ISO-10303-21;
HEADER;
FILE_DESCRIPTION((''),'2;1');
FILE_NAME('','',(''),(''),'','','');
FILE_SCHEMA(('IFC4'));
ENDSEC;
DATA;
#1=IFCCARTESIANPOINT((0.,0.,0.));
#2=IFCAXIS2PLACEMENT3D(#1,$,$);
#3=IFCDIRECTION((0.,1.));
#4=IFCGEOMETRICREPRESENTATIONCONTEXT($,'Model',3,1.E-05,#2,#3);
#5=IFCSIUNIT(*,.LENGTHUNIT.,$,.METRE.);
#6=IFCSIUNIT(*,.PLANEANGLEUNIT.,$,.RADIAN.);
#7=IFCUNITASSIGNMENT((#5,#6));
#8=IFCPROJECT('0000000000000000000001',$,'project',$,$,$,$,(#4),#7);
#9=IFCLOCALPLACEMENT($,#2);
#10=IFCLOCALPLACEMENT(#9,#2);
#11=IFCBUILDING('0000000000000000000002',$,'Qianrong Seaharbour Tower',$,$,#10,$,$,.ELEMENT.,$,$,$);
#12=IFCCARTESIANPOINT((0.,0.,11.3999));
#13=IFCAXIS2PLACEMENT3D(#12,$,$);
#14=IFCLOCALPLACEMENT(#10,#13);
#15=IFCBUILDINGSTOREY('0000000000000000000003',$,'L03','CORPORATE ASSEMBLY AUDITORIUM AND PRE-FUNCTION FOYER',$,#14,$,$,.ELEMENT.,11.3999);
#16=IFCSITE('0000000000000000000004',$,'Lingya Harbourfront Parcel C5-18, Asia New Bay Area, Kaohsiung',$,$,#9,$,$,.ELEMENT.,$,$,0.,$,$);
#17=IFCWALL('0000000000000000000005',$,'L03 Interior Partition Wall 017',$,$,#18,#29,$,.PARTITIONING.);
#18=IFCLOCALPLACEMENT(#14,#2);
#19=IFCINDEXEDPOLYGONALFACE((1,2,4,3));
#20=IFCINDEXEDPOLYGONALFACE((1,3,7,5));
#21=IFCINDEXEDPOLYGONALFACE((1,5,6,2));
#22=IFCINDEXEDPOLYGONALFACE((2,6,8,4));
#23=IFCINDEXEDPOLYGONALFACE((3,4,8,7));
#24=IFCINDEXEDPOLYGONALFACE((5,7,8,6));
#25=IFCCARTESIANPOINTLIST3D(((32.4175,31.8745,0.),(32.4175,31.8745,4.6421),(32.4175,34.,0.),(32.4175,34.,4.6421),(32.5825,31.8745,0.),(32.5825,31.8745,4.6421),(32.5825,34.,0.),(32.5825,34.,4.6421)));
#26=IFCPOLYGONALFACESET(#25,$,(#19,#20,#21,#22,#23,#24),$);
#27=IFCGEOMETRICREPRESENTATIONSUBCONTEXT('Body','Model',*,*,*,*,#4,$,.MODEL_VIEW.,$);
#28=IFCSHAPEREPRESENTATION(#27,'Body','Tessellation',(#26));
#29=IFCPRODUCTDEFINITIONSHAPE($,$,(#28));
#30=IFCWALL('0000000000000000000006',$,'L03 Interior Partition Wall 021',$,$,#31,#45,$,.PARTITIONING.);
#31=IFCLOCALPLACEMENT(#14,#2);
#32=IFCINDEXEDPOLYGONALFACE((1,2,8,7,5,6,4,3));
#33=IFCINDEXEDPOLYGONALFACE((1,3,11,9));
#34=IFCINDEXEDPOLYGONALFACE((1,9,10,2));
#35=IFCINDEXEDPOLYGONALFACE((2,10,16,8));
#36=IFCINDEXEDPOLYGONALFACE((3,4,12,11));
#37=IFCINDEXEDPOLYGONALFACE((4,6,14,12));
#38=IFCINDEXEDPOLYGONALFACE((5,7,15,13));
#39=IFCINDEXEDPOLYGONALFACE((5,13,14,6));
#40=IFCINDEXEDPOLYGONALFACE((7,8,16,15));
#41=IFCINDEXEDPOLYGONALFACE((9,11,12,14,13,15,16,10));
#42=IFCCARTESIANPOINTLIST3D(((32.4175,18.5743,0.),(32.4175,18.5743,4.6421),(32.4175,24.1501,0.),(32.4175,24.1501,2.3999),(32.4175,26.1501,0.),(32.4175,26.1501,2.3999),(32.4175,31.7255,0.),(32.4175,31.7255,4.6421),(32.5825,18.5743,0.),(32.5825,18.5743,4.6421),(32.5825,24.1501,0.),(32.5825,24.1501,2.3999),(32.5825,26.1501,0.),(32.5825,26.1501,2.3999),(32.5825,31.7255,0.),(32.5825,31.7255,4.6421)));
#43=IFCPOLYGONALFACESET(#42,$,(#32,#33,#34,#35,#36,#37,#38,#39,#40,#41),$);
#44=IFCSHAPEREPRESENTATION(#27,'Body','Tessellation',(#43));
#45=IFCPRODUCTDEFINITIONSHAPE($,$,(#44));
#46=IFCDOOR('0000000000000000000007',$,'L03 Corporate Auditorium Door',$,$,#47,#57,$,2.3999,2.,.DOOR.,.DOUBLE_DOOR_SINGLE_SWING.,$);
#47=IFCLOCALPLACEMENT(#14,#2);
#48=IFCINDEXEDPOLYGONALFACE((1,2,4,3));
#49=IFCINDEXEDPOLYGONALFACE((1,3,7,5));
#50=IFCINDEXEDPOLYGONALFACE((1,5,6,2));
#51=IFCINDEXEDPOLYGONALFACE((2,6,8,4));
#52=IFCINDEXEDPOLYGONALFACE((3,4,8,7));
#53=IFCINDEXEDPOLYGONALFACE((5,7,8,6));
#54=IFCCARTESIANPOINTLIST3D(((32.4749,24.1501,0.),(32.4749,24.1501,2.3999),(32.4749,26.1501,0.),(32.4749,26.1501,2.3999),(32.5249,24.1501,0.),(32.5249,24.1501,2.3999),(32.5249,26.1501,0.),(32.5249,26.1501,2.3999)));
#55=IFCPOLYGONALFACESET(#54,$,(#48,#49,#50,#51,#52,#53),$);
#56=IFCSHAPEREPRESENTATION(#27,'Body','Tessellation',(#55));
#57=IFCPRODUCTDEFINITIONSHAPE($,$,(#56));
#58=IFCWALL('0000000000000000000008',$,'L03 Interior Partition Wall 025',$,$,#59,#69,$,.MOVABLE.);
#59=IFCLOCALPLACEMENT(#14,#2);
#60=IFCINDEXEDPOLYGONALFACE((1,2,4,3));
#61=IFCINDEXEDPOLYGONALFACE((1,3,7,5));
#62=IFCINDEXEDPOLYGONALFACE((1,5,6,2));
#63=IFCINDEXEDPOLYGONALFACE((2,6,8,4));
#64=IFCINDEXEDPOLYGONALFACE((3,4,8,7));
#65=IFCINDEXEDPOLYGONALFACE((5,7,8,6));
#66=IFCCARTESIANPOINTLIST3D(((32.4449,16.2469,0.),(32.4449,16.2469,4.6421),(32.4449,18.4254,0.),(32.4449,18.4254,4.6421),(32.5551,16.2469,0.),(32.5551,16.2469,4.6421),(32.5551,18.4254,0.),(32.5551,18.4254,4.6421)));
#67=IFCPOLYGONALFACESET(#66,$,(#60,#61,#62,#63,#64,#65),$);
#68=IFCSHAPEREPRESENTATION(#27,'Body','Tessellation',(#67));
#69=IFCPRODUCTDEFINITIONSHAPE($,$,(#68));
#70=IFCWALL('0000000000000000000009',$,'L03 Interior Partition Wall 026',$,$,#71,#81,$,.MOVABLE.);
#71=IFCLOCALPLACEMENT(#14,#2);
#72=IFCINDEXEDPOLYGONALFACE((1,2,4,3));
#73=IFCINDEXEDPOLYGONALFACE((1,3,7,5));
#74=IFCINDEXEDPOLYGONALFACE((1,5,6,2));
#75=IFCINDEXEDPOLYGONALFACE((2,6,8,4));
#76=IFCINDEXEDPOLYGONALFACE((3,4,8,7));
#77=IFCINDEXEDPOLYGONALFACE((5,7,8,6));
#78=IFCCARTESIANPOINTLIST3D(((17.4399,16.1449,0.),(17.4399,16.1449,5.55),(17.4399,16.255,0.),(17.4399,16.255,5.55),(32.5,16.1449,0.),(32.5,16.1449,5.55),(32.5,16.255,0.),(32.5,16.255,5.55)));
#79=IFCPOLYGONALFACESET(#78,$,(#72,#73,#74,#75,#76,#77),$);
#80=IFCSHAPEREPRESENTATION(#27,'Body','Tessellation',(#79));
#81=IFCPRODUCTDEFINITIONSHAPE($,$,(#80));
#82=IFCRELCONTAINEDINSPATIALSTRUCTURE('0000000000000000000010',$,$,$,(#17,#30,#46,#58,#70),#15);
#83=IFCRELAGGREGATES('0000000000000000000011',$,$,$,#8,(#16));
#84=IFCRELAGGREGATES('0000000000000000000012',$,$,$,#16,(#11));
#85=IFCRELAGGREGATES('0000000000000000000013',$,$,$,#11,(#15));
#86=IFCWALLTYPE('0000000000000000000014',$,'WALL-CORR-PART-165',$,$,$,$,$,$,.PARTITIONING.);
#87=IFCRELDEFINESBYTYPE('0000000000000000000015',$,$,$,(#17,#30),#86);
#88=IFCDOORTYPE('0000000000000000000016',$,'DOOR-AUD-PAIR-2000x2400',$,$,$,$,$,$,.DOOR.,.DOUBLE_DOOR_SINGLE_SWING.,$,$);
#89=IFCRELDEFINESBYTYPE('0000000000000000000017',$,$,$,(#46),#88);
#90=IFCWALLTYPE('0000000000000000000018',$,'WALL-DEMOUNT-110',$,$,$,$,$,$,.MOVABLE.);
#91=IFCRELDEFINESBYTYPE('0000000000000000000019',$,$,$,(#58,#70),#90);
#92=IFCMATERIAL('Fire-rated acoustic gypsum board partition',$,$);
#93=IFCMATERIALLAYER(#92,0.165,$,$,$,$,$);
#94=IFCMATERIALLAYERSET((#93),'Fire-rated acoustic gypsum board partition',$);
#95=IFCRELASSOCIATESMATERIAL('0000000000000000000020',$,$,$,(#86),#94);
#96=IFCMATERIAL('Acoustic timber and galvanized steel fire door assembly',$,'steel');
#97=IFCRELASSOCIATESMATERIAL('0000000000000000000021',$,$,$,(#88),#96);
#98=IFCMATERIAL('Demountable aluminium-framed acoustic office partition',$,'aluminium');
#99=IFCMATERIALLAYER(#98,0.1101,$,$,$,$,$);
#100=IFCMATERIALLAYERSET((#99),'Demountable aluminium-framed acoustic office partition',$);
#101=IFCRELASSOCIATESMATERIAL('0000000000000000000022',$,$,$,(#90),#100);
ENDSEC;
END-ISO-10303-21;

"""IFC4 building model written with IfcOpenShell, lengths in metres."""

from ifc_helpers import new_model, si_unit, direction, frame, frame_2d, origin, place, context, subcontext, project, spatial, rectangle, extrude, material, layer, layer_set, type_object, element, fill, save


model = new_model("IFC4")

# Units and contexts
model_context = context("Model", 3, precision=1e-05, world=origin(), true_north=direction((0.0, 1.0)))
body_context = subcontext(model_context, "Body", "Model", "MODEL_VIEW")
ifc_project = project(units=[si_unit("LENGTHUNIT", "METRE"), si_unit("PLANEANGLEUNIT", "RADIAN")], contexts=[model_context])

# Site, building, storey
site_placement = place(None, origin())
site = spatial("IfcSite", under=ifc_project, at=site_placement, Name="Lingya Harbourfront Parcel C5-18, Asia New Bay Area, Kaohsiung", CompositionType="ELEMENT", RefElevation=0.0)
building_placement = place(site_placement, origin())
building = spatial("IfcBuilding", under=site, at=building_placement, Name="Qianrong Seaharbour Tower", CompositionType="ELEMENT")
storey_placement = place(building_placement, frame((0.0, 0.0, 11.3999)))
storey = spatial("IfcBuildingStorey", under=building, at=storey_placement, Name="L03", Description="CORPORATE ASSEMBLY AUDITORIUM AND PRE-FUNCTION FOYER", CompositionType="ELEMENT", Elevation=11.3999)

# Wall
ifc_material_1 = material(Name="Fire-rated acoustic gypsum board partition")
ifc_layer_1 = layer(ifc_material_1, 0.165)
ifc_layer_set_1 = layer_set([ifc_layer_1], Name="Fire-rated acoustic gypsum board partition")
wall_type_1 = type_object("IfcWallType", Name="WALL-CORR-PART-165", PredefinedType="PARTITIONING", material=ifc_layer_set_1)
wall_1_placement = place(storey_placement, frame((32.5, 31.8745, 0.0), z_axis=(0.0, 0.0, 1.0), x_axis=(0.0, 1.0, 0.0)))
element("IfcWall", 1, at=wall_1_placement, inside=storey, type_object=wall_type_1, Name="L03 Interior Partition Wall 017", PredefinedType="PARTITIONING", context=body_context, shape_type="SweptSolid", body=[
    extrude(rectangle(XDim=2.1255, YDim=0.165, at=frame_2d((1.0627, 0.0))), origin(), (0.0, 0.0, 1.0), 4.6421),
])

# Wall, opening, door
wall_2_placement = place(storey_placement, frame((32.5, 31.7256, 0.0), z_axis=(0.0, 0.0, 1.0), x_axis=(0.0, -1.0, 0.0)))
wall_2 = element("IfcWall", 2, at=wall_2_placement, inside=storey, type_object=wall_type_1, Name="L03 Interior Partition Wall 021", PredefinedType="PARTITIONING", context=body_context, shape_type="SweptSolid", body=[
    extrude(rectangle(XDim=13.1511, YDim=0.165, at=frame_2d((6.5757, 0.0))), origin(), (0.0, 0.0, 1.0), 4.6421),
])
opening_placement = place(wall_2_placement, frame((5.5754, 0.0, 0.0)))
opening = element("IfcOpeningElement", 3, at=opening_placement, cuts=wall_2, PredefinedType="OPENING", context=body_context, shape_type="SweptSolid", body=[
    extrude(rectangle(XDim=2.0, YDim=2.3999, at=frame_2d((1.0, 1.2))), frame((0.0, 0.0925, 0.0), z_axis=(0.0, -1.0, 0.0), x_axis=(1.0, 0.0, 0.0)), (0.0, 0.0, 1.0), 0.1851),
])
ifc_material_2 = material(Name="Acoustic timber and galvanized steel fire door assembly", Category="steel")
door_type = type_object("IfcDoorType", Name="DOOR-AUD-PAIR-2000x2400", OperationType="DOUBLE_DOOR_SINGLE_SWING", PredefinedType="DOOR", material=ifc_material_2)
door_placement = place(opening_placement, origin())
door = element("IfcDoor", 4, at=door_placement, inside=storey, type_object=door_type, Name="L03 Corporate Auditorium Door", OperationType="DOUBLE_DOOR_SINGLE_SWING", OverallHeight=2.3999, OverallWidth=2.0, PredefinedType="DOOR", context=body_context, shape_type="SweptSolid", body=[
    extrude(rectangle(XDim=2.0, YDim=2.3999, at=frame_2d((1.0, 1.2))), frame((0.0, 0.0249, 0.0), z_axis=(0.0, -1.0, 0.0), x_axis=(1.0, 0.0, 0.0)), (0.0, 0.0, 1.0), 0.05),
])
fill(opening, door)

# Walls
ifc_material_3 = material(Name="Demountable aluminium-framed acoustic office partition", Category="aluminium")
ifc_layer_2 = layer(ifc_material_3, 0.1101)
ifc_layer_set_2 = layer_set([ifc_layer_2], Name="Demountable aluminium-framed acoustic office partition")
wall_type_2 = type_object("IfcWallType", Name="WALL-DEMOUNT-110", PredefinedType="MOVABLE", material=ifc_layer_set_2)
wall_3_placement = place(storey_placement, frame((32.5, 18.4255, 0.0), z_axis=(0.0, 0.0, 1.0), x_axis=(0.0, -1.0, 0.0)))
element("IfcWall", 5, at=wall_3_placement, inside=storey, type_object=wall_type_2, Name="L03 Interior Partition Wall 025", PredefinedType="MOVABLE", context=body_context, shape_type="SweptSolid", body=[
    extrude(rectangle(XDim=2.1785, YDim=0.1101, at=frame_2d((1.0894, 0.0))), origin(), (0.0, 0.0, 1.0), 4.6421),
])
wall_4_placement = place(storey_placement, frame((32.5, 16.2, 0.0), z_axis=(0.0, 0.0, 1.0), x_axis=(-1.0, 0.0, 0.0)))
element("IfcWall", 6, at=wall_4_placement, inside=storey, type_object=wall_type_2, Name="L03 Interior Partition Wall 026", PredefinedType="MOVABLE", context=body_context, shape_type="SweptSolid", body=[
    extrude(rectangle(XDim=15.0601, YDim=0.1101, at=frame_2d((7.53, 0.0))), origin(), (0.0, 0.0, 1.0), 5.55),
])

save(model, "model.ifc")
